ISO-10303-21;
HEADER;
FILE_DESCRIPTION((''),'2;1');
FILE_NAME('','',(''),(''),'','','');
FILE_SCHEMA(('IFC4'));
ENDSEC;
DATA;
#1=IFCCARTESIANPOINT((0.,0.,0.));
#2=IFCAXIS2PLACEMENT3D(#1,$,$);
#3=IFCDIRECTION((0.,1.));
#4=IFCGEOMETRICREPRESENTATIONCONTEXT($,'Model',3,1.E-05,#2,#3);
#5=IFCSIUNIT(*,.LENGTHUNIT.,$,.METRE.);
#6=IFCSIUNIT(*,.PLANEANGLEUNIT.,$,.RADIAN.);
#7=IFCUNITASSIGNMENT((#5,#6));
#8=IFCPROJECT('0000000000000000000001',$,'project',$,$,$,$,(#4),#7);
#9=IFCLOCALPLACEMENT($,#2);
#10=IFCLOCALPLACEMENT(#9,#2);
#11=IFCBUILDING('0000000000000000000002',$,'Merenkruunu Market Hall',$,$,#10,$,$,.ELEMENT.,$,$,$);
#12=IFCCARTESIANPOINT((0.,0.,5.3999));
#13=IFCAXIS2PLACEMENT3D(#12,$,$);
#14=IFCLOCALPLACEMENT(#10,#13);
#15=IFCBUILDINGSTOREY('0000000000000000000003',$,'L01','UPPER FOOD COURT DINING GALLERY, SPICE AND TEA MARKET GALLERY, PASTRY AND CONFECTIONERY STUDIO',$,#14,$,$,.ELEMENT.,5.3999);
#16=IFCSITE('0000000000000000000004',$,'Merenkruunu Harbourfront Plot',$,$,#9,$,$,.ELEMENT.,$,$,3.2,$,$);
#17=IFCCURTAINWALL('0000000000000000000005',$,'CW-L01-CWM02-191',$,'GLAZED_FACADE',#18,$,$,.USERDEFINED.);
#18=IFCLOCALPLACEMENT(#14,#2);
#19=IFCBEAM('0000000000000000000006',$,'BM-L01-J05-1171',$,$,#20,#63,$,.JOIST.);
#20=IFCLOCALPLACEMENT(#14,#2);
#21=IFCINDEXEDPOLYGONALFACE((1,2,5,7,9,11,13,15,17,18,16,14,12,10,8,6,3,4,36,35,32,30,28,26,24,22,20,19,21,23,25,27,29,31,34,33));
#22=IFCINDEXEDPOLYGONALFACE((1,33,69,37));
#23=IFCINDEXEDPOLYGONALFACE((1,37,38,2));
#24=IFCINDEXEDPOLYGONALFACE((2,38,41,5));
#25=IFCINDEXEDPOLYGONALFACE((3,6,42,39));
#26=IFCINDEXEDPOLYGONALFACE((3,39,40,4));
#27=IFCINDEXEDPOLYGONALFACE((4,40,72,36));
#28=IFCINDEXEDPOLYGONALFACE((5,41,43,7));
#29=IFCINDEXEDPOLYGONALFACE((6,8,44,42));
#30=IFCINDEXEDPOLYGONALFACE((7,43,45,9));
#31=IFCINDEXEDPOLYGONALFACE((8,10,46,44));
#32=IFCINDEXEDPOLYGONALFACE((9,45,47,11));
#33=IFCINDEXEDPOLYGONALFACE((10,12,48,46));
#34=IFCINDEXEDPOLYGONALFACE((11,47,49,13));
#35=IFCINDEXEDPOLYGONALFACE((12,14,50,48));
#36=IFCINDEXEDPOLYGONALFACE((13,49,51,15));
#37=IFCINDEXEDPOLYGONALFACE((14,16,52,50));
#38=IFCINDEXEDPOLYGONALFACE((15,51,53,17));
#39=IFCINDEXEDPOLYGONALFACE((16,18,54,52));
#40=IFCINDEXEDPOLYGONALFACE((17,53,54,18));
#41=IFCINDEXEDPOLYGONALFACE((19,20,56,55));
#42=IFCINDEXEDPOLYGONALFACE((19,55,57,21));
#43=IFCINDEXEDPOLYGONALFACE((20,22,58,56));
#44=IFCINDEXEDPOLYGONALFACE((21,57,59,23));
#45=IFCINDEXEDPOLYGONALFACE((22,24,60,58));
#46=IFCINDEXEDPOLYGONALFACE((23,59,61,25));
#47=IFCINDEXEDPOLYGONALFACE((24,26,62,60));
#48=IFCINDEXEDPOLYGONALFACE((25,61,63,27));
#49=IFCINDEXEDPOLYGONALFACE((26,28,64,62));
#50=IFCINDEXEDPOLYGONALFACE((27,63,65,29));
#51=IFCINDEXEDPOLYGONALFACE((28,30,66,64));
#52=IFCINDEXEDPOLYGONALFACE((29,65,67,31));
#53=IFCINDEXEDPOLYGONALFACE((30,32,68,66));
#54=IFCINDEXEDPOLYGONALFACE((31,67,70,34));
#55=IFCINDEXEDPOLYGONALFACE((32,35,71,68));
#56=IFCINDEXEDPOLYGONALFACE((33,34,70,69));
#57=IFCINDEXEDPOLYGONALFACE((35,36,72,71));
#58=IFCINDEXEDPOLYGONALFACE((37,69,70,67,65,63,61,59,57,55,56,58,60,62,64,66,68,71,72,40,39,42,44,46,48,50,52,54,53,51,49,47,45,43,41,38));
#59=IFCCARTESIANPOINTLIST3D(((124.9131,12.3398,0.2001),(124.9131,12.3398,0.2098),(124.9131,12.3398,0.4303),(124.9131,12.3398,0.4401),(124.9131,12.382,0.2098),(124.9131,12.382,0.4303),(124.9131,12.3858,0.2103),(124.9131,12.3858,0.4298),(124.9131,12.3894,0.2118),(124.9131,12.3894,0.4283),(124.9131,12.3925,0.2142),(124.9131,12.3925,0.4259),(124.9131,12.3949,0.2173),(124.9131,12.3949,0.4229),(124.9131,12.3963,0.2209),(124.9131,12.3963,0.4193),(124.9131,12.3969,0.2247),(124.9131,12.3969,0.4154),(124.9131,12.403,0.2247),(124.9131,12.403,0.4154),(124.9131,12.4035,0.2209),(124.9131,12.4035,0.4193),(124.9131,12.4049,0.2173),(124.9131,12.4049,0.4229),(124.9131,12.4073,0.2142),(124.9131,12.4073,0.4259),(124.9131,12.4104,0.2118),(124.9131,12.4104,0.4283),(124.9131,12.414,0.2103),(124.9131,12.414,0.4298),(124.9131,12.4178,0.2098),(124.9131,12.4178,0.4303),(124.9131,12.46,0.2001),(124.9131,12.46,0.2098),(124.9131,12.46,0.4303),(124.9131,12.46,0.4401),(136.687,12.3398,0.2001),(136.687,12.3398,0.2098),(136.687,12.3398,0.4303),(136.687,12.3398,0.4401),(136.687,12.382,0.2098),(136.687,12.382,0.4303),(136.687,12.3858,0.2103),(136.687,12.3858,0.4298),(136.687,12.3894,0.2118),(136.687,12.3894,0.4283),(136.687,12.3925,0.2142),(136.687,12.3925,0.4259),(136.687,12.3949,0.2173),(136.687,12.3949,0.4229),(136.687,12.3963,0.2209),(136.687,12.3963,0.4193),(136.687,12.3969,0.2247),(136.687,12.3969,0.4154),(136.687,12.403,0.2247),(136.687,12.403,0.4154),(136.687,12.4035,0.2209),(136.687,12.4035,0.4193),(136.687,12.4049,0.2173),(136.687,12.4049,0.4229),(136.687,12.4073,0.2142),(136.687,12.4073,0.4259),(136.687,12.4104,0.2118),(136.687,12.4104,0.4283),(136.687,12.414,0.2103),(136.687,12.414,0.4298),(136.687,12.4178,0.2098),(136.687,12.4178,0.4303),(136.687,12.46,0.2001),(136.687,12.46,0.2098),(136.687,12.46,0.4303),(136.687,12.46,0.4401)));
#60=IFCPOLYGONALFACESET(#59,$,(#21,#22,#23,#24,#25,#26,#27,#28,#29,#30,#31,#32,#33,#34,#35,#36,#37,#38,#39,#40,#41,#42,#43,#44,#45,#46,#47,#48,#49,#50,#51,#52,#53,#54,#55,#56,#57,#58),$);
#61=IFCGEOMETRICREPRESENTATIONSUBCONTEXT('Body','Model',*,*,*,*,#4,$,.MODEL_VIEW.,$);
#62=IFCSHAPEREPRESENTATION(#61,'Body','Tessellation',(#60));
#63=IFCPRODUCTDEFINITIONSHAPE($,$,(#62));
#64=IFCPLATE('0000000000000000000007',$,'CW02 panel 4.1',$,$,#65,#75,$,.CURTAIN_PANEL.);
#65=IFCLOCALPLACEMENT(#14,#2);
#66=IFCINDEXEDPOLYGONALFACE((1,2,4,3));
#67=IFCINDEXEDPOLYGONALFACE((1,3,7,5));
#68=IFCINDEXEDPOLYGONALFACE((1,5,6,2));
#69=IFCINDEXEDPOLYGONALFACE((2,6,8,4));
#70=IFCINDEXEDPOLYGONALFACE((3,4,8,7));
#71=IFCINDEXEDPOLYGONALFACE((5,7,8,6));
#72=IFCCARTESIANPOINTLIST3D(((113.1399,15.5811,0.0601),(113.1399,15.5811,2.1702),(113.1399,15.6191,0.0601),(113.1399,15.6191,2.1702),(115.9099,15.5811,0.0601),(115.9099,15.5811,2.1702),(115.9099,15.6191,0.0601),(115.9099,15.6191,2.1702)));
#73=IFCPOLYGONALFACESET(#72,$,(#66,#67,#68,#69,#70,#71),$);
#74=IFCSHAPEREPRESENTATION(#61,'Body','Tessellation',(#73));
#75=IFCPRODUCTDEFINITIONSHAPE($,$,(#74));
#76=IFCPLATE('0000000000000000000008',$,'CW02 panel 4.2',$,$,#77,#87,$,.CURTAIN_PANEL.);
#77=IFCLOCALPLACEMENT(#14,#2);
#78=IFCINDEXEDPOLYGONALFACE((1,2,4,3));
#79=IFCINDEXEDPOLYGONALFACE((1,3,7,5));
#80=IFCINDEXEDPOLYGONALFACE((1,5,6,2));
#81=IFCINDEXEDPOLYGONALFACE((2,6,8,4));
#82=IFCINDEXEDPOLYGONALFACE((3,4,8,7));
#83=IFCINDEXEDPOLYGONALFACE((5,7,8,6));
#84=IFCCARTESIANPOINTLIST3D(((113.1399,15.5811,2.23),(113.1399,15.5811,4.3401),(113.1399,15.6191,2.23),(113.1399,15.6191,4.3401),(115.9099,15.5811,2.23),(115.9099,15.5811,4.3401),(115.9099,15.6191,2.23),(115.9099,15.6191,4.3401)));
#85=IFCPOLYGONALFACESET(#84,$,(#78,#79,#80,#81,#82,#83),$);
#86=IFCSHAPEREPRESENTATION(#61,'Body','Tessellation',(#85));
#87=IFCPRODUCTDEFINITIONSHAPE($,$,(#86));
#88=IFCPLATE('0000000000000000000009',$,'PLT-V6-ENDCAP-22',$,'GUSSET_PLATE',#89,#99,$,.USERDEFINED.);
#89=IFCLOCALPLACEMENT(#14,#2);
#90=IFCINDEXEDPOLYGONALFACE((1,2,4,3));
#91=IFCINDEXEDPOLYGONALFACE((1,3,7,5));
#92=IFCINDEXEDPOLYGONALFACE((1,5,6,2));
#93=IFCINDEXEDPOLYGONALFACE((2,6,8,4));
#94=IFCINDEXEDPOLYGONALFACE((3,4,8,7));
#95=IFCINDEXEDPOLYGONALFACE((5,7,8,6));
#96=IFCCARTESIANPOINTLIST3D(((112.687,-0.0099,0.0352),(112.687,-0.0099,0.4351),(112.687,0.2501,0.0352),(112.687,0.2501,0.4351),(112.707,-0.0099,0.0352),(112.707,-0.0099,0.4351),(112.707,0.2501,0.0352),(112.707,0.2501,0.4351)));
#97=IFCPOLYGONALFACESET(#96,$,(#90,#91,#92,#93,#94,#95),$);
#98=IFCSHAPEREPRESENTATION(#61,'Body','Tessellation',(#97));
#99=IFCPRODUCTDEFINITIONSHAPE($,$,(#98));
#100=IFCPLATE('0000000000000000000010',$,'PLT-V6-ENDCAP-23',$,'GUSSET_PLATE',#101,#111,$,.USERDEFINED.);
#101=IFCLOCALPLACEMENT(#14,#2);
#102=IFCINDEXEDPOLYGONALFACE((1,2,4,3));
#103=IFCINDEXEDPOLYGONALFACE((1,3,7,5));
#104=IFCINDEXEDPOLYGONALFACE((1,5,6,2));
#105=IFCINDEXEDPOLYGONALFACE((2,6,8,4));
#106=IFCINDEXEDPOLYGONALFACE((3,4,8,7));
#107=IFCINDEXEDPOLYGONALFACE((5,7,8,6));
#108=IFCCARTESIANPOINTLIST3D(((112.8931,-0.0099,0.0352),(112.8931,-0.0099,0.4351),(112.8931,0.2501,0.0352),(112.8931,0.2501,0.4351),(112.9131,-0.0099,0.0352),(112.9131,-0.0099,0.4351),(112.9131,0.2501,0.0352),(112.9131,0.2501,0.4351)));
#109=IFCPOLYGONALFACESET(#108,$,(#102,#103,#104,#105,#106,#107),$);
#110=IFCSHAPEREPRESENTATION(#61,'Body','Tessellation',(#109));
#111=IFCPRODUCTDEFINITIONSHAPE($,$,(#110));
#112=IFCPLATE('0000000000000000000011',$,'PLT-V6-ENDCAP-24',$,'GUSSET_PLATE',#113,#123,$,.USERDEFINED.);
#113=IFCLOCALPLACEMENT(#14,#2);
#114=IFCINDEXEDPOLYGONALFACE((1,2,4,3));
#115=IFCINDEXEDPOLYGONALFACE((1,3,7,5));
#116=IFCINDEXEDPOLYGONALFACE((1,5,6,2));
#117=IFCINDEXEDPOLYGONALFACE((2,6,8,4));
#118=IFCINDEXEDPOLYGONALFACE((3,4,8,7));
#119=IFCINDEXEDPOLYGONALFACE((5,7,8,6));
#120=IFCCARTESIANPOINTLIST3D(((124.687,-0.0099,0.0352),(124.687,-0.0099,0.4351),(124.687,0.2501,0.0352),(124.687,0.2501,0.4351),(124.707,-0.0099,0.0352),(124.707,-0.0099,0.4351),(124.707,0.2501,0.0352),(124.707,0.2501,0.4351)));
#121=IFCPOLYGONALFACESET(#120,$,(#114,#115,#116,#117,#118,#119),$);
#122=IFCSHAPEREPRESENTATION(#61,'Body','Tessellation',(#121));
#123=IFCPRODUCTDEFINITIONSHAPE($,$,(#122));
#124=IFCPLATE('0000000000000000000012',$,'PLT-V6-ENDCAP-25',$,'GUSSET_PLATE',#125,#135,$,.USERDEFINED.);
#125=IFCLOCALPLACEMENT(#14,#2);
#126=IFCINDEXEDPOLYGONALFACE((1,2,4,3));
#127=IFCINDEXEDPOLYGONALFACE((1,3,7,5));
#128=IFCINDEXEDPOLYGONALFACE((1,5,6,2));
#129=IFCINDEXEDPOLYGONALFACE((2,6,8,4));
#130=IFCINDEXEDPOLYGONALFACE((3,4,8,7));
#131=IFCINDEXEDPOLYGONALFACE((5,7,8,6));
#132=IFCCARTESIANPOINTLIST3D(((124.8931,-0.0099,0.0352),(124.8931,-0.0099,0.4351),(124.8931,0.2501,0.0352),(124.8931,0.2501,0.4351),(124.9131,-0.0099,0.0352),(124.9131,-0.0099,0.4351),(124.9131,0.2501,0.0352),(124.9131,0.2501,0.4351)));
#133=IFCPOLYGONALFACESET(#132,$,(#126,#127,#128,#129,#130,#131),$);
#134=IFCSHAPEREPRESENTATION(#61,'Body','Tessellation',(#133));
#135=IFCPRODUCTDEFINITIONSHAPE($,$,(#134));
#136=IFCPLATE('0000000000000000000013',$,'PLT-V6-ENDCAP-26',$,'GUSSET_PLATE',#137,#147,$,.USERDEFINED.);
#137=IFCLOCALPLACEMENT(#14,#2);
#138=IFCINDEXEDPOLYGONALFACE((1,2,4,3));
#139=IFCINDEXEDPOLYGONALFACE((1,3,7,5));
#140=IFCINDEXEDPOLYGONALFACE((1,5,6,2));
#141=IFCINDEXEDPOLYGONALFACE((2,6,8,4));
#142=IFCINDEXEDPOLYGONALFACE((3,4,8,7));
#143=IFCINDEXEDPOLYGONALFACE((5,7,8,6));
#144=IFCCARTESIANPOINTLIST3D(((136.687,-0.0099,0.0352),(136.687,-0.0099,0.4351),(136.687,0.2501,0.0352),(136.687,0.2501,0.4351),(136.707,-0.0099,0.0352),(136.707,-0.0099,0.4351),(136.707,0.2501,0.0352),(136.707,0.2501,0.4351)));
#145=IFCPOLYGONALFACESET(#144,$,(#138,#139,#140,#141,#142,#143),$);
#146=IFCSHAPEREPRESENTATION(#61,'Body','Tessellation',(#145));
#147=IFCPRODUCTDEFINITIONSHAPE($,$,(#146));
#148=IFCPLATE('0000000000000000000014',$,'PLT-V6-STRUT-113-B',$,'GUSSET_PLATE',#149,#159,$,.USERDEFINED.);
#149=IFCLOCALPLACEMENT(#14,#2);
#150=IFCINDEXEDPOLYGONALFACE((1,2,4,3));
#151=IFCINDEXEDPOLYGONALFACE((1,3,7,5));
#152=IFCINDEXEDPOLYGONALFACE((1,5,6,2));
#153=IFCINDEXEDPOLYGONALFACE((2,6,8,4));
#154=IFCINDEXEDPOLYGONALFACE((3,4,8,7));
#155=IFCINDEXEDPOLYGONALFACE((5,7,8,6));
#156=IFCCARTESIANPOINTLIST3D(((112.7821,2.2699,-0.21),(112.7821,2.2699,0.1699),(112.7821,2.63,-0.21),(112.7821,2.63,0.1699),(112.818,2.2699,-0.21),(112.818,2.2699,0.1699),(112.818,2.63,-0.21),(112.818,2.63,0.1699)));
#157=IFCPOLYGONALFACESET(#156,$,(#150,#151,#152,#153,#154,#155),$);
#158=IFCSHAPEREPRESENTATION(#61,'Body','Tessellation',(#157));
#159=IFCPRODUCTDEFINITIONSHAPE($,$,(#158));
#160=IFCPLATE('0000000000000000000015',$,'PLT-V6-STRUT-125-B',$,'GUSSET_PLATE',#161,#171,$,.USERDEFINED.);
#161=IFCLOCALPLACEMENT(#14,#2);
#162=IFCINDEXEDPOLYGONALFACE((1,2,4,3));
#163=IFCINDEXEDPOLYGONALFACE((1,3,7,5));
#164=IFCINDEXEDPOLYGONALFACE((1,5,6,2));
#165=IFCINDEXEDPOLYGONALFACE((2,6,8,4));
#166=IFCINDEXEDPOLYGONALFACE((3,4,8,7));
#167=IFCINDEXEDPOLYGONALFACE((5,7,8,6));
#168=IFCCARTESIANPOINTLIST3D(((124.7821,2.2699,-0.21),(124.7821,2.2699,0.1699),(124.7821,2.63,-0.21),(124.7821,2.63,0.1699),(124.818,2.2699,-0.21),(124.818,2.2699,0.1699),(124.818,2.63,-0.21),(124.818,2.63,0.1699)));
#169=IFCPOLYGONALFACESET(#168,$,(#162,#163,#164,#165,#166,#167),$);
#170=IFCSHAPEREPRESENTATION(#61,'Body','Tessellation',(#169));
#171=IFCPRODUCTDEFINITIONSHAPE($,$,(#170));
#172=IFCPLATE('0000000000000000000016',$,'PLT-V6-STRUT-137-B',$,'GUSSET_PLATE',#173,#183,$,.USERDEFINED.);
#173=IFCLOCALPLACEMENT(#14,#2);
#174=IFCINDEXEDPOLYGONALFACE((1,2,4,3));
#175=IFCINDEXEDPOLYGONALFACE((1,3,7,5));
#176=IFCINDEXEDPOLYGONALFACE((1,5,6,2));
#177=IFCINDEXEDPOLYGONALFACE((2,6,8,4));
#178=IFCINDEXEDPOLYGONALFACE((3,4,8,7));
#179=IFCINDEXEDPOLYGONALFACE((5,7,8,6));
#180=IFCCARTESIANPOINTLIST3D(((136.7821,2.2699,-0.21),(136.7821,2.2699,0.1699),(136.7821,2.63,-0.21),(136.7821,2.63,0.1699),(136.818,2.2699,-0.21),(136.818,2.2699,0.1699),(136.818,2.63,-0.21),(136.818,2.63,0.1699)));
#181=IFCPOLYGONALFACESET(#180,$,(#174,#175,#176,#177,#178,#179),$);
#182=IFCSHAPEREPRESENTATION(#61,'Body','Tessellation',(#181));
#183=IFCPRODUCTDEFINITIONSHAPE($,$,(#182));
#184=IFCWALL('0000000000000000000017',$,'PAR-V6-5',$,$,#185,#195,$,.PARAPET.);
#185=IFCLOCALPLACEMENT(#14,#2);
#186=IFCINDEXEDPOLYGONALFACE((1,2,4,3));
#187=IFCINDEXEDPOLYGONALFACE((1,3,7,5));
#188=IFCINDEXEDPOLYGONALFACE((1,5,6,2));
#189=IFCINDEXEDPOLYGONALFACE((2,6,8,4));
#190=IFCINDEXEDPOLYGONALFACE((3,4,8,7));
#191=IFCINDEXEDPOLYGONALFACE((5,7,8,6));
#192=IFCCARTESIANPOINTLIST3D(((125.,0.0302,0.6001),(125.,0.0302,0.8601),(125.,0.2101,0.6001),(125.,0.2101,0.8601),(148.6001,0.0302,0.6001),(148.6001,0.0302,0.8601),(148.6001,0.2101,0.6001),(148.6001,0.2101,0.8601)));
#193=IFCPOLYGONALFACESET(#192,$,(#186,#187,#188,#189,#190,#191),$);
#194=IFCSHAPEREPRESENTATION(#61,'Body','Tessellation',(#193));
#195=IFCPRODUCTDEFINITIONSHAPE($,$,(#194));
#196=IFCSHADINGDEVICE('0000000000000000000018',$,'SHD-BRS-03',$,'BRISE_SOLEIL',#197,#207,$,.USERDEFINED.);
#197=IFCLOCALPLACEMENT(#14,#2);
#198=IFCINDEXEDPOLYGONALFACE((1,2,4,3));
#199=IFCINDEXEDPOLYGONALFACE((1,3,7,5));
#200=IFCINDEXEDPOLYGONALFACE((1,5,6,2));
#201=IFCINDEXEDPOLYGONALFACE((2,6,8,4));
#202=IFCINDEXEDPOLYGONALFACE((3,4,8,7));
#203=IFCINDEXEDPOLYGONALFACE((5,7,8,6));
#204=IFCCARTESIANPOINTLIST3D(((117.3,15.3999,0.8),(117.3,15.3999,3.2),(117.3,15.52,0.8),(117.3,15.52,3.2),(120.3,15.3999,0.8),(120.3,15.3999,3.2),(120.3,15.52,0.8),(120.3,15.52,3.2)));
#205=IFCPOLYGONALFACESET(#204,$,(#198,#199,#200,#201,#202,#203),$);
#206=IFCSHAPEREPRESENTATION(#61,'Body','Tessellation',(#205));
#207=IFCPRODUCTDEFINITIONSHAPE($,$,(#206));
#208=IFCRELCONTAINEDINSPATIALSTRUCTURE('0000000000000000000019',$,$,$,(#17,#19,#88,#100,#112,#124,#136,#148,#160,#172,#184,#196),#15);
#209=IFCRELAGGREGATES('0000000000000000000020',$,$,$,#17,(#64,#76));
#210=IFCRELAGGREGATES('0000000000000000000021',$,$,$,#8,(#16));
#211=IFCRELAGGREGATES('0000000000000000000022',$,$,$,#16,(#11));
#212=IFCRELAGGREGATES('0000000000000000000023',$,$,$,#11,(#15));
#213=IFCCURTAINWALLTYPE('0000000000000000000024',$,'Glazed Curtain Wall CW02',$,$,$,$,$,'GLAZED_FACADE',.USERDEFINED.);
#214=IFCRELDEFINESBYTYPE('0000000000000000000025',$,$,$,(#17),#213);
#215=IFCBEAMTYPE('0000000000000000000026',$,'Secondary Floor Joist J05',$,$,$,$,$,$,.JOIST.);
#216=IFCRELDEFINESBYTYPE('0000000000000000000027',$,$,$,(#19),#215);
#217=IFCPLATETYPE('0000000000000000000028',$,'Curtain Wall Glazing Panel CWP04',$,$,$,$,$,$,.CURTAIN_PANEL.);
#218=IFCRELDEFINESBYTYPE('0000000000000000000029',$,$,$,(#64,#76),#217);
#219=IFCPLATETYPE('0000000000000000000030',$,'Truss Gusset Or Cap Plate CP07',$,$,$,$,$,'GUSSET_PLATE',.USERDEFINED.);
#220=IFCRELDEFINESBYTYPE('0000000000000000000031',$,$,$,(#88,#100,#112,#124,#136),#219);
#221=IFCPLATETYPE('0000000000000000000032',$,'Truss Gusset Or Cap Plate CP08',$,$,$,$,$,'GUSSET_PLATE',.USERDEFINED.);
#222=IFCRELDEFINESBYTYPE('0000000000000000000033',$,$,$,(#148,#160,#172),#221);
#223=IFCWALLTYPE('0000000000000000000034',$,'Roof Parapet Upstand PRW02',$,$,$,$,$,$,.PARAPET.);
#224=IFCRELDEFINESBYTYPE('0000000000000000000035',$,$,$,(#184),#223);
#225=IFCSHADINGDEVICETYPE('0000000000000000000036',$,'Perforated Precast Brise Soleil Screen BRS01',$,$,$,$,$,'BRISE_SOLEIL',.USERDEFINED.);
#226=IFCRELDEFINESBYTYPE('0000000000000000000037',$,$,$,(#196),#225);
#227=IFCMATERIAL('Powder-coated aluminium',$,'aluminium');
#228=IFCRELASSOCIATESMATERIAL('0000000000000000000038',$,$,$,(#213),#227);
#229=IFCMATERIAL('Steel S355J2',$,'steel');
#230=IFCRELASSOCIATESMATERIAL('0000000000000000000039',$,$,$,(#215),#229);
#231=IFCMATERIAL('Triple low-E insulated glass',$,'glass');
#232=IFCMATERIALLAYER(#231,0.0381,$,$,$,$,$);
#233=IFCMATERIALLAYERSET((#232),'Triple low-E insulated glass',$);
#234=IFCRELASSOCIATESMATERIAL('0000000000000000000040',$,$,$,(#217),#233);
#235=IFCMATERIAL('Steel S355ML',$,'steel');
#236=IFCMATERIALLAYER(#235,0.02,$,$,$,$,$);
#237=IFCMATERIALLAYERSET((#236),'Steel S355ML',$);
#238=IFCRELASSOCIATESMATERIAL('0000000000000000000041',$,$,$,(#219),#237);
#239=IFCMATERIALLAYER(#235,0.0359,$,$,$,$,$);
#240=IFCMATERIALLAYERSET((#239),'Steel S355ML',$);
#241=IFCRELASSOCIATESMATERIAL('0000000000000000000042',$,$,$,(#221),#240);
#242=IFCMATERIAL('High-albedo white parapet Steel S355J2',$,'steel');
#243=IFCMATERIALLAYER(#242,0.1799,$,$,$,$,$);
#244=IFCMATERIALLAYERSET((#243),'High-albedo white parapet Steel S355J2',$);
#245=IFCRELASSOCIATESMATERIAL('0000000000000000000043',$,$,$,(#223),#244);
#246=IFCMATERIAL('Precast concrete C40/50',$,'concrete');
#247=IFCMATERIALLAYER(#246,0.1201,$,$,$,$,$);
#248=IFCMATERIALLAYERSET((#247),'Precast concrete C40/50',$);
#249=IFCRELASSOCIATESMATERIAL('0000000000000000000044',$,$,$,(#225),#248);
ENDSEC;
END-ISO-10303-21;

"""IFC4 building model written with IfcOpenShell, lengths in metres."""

from ifc_helpers import new_model, si_unit, direction, frame, frame_2d, origin, origin_2d, place, context, subcontext, project, spatial, rectangle, i_section, extrude, material, layer, layer_set, material_profile, profile_set, type_object, element, aggregate, save


model = new_model("IFC4")

# Units and contexts
model_context = context("Model", 3, precision=1e-05, world=origin(), true_north=direction((0.0, 1.0)))
body_context = subcontext(model_context, "Body", "Model", "MODEL_VIEW")
ifc_project = project(units=[si_unit("LENGTHUNIT", "METRE"), si_unit("PLANEANGLEUNIT", "RADIAN")], contexts=[model_context])

# Site, building, storey
site_placement = place(None, origin())
site = spatial("IfcSite", under=ifc_project, at=site_placement, Name="Merenkruunu Harbourfront Plot", CompositionType="ELEMENT", RefElevation=3.2)
building_placement = place(site_placement, origin())
building = spatial("IfcBuilding", under=site, at=building_placement, Name="Merenkruunu Market Hall", CompositionType="ELEMENT")
storey_placement = place(building_placement, frame((0.0, 0.0, 5.3999)))
storey = spatial("IfcBuildingStorey", under=building, at=storey_placement, Name="L01", Description="UPPER FOOD COURT DINING GALLERY, SPICE AND TEA MARKET GALLERY, PASTRY AND CONFECTIONERY STUDIO", CompositionType="ELEMENT", Elevation=5.3999)

# Shared definitions
ifc_material_1 = material(Name="Steel S355J2", Category="steel")

# Curtain wall
ifc_material_2 = material(Name="Powder-coated aluminium", Category="aluminium")
curtain_wall_type = type_object("IfcCurtainWallType", Name="Glazed Curtain Wall CW02", ElementType="GLAZED_FACADE", PredefinedType="USERDEFINED", material=ifc_material_2)
curtain_wall_placement = place(storey_placement, origin())
curtain_wall = element("IfcCurtainWall", 1, at=curtain_wall_placement, inside=storey, type_object=curtain_wall_type, Name="CW-L01-CWM02-191", ObjectType="GLAZED_FACADE", PredefinedType="USERDEFINED")

# Beam
ifc_material_3 = material(Name="Steel S355ML", Category="steel")
ifc_material_profile_1 = material_profile(ifc_material_1, i_section(OverallWidth=0.1201, OverallDepth=0.24, WebThickness=0.0061, FlangeThickness=0.0098, FilletRadius=0.0149, at=origin_2d()), Name="IPE 240")
ifc_profile_set_1 = profile_set([ifc_material_profile_1], Name="Steel S355J2")
beam_type_1 = type_object("IfcBeamType", Name="Secondary Floor Joist J05", PredefinedType="JOIST", material=ifc_profile_set_1)
for number, where, z_axis, x_axis, name in (
    (2, (124.9131, 12.3999, 0.3201), (1.0, 0.0, 0.0), (0.0, 1.0, 0.0), "BM-L01-J05-1171"),
):
    element("IfcBeam", number, at=place(storey_placement, frame(where, z_axis=z_axis, x_axis=x_axis)), inside=storey, type_object=beam_type_1, Name=name, PredefinedType="JOIST", context=body_context, shape_type="SweptSolid", body=[
        extrude(i_section(OverallWidth=0.1201, OverallDepth=0.24, WebThickness=0.0061, FlangeThickness=0.0098, FilletRadius=0.0149, at=origin_2d()), origin(), (0.0, 0.0, 1.0), 11.7739),
    ])

# Plates
ifc_material_4 = material(Name="Triple low-E insulated glass", Category="glass")
ifc_layer_1 = layer(ifc_material_4, 0.0381)
ifc_layer_set_1 = layer_set([ifc_layer_1], Name="Triple low-E insulated glass")
plate_type_1 = type_object("IfcPlateType", Name="Curtain Wall Glazing Panel CWP04", PredefinedType="CURTAIN_PANEL", material=ifc_layer_set_1)
plate_1_placement = place(storey_placement, frame((114.5249, 15.6001, 0.0601), z_axis=(0.0, 0.0, 1.0), x_axis=(-1.0, 0.0, 0.0)))
plate_1 = element("IfcPlate", 3, at=plate_1_placement, type_object=plate_type_1, Name="CW02 panel 4.1", PredefinedType="CURTAIN_PANEL", context=body_context, shape_type="SweptSolid", body=[
    extrude(rectangle(XDim=2.77, YDim=0.0381, at=origin_2d()), origin(), (0.0, 0.0, 1.0), 2.1101),
])
plate_2_placement = place(storey_placement, frame((114.5249, 15.6001, 2.23), z_axis=(0.0, 0.0, 1.0), x_axis=(-1.0, 0.0, 0.0)))
plate_2 = element("IfcPlate", 4, at=plate_2_placement, type_object=plate_type_1, Name="CW02 panel 4.2", PredefinedType="CURTAIN_PANEL", context=body_context, shape_type="SweptSolid", body=[
    extrude(rectangle(XDim=2.77, YDim=0.0381, at=origin_2d()), origin(), (0.0, 0.0, 1.0), 2.1101),
])
aggregate(curtain_wall, [plate_1, plate_2])

# Plates
ifc_layer_2 = layer(ifc_material_3, 0.02)
ifc_layer_set_2 = layer_set([ifc_layer_2], Name="Steel S355ML")
plate_type_2 = type_object("IfcPlateType", Name="Truss Gusset Or Cap Plate CP07", ElementType="GUSSET_PLATE", PredefinedType="USERDEFINED", material=ifc_layer_set_2)
for number, where, z_axis, x_axis, name in (
    (5, (112.697, 0.1201, 0.0352), (0.0, 0.0, 1.0), (1.0, 0.0, 0.0), "PLT-V6-ENDCAP-22"),
    (6, (112.9031, 0.1201, 0.0352), (0.0, 0.0, 1.0), (1.0, 0.0, 0.0), "PLT-V6-ENDCAP-23"),
    (7, (124.697, 0.1201, 0.0352), (0.0, 0.0, 1.0), (1.0, 0.0, 0.0), "PLT-V6-ENDCAP-24"),
    (8, (124.9031, 0.1201, 0.0352), (0.0, 0.0, 1.0), (1.0, 0.0, 0.0), "PLT-V6-ENDCAP-25"),
    (9, (136.697, 0.1201, 0.0352), (0.0, 0.0, 1.0), (1.0, 0.0, 0.0), "PLT-V6-ENDCAP-26"),
):
    element("IfcPlate", number, at=place(storey_placement, frame(where, z_axis=z_axis, x_axis=x_axis)), inside=storey, type_object=plate_type_2, Name=name, ObjectType="GUSSET_PLATE", PredefinedType="USERDEFINED", context=body_context, shape_type="SweptSolid", body=[
        extrude(rectangle(XDim=0.02, YDim=0.26, at=origin_2d()), origin(), (0.0, 0.0, 1.0), 0.3999),
    ])
ifc_layer_3 = layer(ifc_material_3, 0.0359)
ifc_layer_set_3 = layer_set([ifc_layer_3], Name="Steel S355ML")
plate_type_3 = type_object("IfcPlateType", Name="Truss Gusset Or Cap Plate CP08", ElementType="GUSSET_PLATE", PredefinedType="USERDEFINED", material=ifc_layer_set_3)
for number, where, z_axis, x_axis, name in (
    (10, (112.8, 2.45, -0.21), (0.0, 0.0, 1.0), (1.0, 0.0, 0.0), "PLT-V6-STRUT-113-B"),
    (11, (124.8, 2.45, -0.21), (0.0, 0.0, 1.0), (1.0, 0.0, 0.0), "PLT-V6-STRUT-125-B"),
    (12, (136.8, 2.45, -0.21), (0.0, 0.0, 1.0), (1.0, 0.0, 0.0), "PLT-V6-STRUT-137-B"),
):
    element("IfcPlate", number, at=place(storey_placement, frame(where, z_axis=z_axis, x_axis=x_axis)), inside=storey, type_object=plate_type_3, Name=name, ObjectType="GUSSET_PLATE", PredefinedType="USERDEFINED", context=body_context, shape_type="SweptSolid", body=[
        extrude(rectangle(XDim=0.0359, YDim=0.3601, at=origin_2d()), origin(), (0.0, 0.0, 1.0), 0.3799),
    ])

# Wall
ifc_material_5 = material(Name="High-albedo white parapet Steel S355J2", Category="steel")
ifc_layer_4 = layer(ifc_material_5, 0.1799)
ifc_layer_set_4 = layer_set([ifc_layer_4], Name="High-albedo white parapet Steel S355J2")
wall_type = type_object("IfcWallType", Name="Roof Parapet Upstand PRW02", PredefinedType="PARAPET", material=ifc_layer_set_4)
wall_placement = place(storey_placement, frame((125.0, 0.1201, 0.6001), z_axis=(0.0, 0.0, 1.0), x_axis=(1.0, 0.0, 0.0)))
element("IfcWall", 13, at=wall_placement, inside=storey, type_object=wall_type, Name="PAR-V6-5", PredefinedType="PARAPET", context=body_context, shape_type="SweptSolid", body=[
    extrude(rectangle(XDim=23.6001, YDim=0.1799, at=frame_2d((11.8, 0.0))), origin(), (0.0, 0.0, 1.0), 0.26),
])

# Shading device
ifc_material_6 = material(Name="Precast concrete C40/50", Category="concrete")
ifc_layer_5 = layer(ifc_material_6, 0.1201)
ifc_layer_set_5 = layer_set([ifc_layer_5], Name="Precast concrete C40/50")
shading_device_type = type_object("IfcShadingDeviceType", Name="Perforated Precast Brise Soleil Screen BRS01", ElementType="BRISE_SOLEIL", PredefinedType="USERDEFINED", material=ifc_layer_set_5)
for number, where, z_axis, x_axis, name in (
    (14, (118.8, 15.46, 0.8), (0.0, 0.0, 1.0), (1.0, 0.0, 0.0), "SHD-BRS-03"),
):
    element("IfcShadingDevice", number, at=place(storey_placement, frame(where, z_axis=z_axis, x_axis=x_axis)), inside=storey, type_object=shading_device_type, Name=name, ObjectType="BRISE_SOLEIL", PredefinedType="USERDEFINED", context=body_context, shape_type="SweptSolid", body=[
        extrude(rectangle(XDim=3.0, YDim=0.1201, at=origin_2d()), origin(), (0.0, 0.0, 1.0), 2.3999),
    ])

save(model, "model.ifc")
